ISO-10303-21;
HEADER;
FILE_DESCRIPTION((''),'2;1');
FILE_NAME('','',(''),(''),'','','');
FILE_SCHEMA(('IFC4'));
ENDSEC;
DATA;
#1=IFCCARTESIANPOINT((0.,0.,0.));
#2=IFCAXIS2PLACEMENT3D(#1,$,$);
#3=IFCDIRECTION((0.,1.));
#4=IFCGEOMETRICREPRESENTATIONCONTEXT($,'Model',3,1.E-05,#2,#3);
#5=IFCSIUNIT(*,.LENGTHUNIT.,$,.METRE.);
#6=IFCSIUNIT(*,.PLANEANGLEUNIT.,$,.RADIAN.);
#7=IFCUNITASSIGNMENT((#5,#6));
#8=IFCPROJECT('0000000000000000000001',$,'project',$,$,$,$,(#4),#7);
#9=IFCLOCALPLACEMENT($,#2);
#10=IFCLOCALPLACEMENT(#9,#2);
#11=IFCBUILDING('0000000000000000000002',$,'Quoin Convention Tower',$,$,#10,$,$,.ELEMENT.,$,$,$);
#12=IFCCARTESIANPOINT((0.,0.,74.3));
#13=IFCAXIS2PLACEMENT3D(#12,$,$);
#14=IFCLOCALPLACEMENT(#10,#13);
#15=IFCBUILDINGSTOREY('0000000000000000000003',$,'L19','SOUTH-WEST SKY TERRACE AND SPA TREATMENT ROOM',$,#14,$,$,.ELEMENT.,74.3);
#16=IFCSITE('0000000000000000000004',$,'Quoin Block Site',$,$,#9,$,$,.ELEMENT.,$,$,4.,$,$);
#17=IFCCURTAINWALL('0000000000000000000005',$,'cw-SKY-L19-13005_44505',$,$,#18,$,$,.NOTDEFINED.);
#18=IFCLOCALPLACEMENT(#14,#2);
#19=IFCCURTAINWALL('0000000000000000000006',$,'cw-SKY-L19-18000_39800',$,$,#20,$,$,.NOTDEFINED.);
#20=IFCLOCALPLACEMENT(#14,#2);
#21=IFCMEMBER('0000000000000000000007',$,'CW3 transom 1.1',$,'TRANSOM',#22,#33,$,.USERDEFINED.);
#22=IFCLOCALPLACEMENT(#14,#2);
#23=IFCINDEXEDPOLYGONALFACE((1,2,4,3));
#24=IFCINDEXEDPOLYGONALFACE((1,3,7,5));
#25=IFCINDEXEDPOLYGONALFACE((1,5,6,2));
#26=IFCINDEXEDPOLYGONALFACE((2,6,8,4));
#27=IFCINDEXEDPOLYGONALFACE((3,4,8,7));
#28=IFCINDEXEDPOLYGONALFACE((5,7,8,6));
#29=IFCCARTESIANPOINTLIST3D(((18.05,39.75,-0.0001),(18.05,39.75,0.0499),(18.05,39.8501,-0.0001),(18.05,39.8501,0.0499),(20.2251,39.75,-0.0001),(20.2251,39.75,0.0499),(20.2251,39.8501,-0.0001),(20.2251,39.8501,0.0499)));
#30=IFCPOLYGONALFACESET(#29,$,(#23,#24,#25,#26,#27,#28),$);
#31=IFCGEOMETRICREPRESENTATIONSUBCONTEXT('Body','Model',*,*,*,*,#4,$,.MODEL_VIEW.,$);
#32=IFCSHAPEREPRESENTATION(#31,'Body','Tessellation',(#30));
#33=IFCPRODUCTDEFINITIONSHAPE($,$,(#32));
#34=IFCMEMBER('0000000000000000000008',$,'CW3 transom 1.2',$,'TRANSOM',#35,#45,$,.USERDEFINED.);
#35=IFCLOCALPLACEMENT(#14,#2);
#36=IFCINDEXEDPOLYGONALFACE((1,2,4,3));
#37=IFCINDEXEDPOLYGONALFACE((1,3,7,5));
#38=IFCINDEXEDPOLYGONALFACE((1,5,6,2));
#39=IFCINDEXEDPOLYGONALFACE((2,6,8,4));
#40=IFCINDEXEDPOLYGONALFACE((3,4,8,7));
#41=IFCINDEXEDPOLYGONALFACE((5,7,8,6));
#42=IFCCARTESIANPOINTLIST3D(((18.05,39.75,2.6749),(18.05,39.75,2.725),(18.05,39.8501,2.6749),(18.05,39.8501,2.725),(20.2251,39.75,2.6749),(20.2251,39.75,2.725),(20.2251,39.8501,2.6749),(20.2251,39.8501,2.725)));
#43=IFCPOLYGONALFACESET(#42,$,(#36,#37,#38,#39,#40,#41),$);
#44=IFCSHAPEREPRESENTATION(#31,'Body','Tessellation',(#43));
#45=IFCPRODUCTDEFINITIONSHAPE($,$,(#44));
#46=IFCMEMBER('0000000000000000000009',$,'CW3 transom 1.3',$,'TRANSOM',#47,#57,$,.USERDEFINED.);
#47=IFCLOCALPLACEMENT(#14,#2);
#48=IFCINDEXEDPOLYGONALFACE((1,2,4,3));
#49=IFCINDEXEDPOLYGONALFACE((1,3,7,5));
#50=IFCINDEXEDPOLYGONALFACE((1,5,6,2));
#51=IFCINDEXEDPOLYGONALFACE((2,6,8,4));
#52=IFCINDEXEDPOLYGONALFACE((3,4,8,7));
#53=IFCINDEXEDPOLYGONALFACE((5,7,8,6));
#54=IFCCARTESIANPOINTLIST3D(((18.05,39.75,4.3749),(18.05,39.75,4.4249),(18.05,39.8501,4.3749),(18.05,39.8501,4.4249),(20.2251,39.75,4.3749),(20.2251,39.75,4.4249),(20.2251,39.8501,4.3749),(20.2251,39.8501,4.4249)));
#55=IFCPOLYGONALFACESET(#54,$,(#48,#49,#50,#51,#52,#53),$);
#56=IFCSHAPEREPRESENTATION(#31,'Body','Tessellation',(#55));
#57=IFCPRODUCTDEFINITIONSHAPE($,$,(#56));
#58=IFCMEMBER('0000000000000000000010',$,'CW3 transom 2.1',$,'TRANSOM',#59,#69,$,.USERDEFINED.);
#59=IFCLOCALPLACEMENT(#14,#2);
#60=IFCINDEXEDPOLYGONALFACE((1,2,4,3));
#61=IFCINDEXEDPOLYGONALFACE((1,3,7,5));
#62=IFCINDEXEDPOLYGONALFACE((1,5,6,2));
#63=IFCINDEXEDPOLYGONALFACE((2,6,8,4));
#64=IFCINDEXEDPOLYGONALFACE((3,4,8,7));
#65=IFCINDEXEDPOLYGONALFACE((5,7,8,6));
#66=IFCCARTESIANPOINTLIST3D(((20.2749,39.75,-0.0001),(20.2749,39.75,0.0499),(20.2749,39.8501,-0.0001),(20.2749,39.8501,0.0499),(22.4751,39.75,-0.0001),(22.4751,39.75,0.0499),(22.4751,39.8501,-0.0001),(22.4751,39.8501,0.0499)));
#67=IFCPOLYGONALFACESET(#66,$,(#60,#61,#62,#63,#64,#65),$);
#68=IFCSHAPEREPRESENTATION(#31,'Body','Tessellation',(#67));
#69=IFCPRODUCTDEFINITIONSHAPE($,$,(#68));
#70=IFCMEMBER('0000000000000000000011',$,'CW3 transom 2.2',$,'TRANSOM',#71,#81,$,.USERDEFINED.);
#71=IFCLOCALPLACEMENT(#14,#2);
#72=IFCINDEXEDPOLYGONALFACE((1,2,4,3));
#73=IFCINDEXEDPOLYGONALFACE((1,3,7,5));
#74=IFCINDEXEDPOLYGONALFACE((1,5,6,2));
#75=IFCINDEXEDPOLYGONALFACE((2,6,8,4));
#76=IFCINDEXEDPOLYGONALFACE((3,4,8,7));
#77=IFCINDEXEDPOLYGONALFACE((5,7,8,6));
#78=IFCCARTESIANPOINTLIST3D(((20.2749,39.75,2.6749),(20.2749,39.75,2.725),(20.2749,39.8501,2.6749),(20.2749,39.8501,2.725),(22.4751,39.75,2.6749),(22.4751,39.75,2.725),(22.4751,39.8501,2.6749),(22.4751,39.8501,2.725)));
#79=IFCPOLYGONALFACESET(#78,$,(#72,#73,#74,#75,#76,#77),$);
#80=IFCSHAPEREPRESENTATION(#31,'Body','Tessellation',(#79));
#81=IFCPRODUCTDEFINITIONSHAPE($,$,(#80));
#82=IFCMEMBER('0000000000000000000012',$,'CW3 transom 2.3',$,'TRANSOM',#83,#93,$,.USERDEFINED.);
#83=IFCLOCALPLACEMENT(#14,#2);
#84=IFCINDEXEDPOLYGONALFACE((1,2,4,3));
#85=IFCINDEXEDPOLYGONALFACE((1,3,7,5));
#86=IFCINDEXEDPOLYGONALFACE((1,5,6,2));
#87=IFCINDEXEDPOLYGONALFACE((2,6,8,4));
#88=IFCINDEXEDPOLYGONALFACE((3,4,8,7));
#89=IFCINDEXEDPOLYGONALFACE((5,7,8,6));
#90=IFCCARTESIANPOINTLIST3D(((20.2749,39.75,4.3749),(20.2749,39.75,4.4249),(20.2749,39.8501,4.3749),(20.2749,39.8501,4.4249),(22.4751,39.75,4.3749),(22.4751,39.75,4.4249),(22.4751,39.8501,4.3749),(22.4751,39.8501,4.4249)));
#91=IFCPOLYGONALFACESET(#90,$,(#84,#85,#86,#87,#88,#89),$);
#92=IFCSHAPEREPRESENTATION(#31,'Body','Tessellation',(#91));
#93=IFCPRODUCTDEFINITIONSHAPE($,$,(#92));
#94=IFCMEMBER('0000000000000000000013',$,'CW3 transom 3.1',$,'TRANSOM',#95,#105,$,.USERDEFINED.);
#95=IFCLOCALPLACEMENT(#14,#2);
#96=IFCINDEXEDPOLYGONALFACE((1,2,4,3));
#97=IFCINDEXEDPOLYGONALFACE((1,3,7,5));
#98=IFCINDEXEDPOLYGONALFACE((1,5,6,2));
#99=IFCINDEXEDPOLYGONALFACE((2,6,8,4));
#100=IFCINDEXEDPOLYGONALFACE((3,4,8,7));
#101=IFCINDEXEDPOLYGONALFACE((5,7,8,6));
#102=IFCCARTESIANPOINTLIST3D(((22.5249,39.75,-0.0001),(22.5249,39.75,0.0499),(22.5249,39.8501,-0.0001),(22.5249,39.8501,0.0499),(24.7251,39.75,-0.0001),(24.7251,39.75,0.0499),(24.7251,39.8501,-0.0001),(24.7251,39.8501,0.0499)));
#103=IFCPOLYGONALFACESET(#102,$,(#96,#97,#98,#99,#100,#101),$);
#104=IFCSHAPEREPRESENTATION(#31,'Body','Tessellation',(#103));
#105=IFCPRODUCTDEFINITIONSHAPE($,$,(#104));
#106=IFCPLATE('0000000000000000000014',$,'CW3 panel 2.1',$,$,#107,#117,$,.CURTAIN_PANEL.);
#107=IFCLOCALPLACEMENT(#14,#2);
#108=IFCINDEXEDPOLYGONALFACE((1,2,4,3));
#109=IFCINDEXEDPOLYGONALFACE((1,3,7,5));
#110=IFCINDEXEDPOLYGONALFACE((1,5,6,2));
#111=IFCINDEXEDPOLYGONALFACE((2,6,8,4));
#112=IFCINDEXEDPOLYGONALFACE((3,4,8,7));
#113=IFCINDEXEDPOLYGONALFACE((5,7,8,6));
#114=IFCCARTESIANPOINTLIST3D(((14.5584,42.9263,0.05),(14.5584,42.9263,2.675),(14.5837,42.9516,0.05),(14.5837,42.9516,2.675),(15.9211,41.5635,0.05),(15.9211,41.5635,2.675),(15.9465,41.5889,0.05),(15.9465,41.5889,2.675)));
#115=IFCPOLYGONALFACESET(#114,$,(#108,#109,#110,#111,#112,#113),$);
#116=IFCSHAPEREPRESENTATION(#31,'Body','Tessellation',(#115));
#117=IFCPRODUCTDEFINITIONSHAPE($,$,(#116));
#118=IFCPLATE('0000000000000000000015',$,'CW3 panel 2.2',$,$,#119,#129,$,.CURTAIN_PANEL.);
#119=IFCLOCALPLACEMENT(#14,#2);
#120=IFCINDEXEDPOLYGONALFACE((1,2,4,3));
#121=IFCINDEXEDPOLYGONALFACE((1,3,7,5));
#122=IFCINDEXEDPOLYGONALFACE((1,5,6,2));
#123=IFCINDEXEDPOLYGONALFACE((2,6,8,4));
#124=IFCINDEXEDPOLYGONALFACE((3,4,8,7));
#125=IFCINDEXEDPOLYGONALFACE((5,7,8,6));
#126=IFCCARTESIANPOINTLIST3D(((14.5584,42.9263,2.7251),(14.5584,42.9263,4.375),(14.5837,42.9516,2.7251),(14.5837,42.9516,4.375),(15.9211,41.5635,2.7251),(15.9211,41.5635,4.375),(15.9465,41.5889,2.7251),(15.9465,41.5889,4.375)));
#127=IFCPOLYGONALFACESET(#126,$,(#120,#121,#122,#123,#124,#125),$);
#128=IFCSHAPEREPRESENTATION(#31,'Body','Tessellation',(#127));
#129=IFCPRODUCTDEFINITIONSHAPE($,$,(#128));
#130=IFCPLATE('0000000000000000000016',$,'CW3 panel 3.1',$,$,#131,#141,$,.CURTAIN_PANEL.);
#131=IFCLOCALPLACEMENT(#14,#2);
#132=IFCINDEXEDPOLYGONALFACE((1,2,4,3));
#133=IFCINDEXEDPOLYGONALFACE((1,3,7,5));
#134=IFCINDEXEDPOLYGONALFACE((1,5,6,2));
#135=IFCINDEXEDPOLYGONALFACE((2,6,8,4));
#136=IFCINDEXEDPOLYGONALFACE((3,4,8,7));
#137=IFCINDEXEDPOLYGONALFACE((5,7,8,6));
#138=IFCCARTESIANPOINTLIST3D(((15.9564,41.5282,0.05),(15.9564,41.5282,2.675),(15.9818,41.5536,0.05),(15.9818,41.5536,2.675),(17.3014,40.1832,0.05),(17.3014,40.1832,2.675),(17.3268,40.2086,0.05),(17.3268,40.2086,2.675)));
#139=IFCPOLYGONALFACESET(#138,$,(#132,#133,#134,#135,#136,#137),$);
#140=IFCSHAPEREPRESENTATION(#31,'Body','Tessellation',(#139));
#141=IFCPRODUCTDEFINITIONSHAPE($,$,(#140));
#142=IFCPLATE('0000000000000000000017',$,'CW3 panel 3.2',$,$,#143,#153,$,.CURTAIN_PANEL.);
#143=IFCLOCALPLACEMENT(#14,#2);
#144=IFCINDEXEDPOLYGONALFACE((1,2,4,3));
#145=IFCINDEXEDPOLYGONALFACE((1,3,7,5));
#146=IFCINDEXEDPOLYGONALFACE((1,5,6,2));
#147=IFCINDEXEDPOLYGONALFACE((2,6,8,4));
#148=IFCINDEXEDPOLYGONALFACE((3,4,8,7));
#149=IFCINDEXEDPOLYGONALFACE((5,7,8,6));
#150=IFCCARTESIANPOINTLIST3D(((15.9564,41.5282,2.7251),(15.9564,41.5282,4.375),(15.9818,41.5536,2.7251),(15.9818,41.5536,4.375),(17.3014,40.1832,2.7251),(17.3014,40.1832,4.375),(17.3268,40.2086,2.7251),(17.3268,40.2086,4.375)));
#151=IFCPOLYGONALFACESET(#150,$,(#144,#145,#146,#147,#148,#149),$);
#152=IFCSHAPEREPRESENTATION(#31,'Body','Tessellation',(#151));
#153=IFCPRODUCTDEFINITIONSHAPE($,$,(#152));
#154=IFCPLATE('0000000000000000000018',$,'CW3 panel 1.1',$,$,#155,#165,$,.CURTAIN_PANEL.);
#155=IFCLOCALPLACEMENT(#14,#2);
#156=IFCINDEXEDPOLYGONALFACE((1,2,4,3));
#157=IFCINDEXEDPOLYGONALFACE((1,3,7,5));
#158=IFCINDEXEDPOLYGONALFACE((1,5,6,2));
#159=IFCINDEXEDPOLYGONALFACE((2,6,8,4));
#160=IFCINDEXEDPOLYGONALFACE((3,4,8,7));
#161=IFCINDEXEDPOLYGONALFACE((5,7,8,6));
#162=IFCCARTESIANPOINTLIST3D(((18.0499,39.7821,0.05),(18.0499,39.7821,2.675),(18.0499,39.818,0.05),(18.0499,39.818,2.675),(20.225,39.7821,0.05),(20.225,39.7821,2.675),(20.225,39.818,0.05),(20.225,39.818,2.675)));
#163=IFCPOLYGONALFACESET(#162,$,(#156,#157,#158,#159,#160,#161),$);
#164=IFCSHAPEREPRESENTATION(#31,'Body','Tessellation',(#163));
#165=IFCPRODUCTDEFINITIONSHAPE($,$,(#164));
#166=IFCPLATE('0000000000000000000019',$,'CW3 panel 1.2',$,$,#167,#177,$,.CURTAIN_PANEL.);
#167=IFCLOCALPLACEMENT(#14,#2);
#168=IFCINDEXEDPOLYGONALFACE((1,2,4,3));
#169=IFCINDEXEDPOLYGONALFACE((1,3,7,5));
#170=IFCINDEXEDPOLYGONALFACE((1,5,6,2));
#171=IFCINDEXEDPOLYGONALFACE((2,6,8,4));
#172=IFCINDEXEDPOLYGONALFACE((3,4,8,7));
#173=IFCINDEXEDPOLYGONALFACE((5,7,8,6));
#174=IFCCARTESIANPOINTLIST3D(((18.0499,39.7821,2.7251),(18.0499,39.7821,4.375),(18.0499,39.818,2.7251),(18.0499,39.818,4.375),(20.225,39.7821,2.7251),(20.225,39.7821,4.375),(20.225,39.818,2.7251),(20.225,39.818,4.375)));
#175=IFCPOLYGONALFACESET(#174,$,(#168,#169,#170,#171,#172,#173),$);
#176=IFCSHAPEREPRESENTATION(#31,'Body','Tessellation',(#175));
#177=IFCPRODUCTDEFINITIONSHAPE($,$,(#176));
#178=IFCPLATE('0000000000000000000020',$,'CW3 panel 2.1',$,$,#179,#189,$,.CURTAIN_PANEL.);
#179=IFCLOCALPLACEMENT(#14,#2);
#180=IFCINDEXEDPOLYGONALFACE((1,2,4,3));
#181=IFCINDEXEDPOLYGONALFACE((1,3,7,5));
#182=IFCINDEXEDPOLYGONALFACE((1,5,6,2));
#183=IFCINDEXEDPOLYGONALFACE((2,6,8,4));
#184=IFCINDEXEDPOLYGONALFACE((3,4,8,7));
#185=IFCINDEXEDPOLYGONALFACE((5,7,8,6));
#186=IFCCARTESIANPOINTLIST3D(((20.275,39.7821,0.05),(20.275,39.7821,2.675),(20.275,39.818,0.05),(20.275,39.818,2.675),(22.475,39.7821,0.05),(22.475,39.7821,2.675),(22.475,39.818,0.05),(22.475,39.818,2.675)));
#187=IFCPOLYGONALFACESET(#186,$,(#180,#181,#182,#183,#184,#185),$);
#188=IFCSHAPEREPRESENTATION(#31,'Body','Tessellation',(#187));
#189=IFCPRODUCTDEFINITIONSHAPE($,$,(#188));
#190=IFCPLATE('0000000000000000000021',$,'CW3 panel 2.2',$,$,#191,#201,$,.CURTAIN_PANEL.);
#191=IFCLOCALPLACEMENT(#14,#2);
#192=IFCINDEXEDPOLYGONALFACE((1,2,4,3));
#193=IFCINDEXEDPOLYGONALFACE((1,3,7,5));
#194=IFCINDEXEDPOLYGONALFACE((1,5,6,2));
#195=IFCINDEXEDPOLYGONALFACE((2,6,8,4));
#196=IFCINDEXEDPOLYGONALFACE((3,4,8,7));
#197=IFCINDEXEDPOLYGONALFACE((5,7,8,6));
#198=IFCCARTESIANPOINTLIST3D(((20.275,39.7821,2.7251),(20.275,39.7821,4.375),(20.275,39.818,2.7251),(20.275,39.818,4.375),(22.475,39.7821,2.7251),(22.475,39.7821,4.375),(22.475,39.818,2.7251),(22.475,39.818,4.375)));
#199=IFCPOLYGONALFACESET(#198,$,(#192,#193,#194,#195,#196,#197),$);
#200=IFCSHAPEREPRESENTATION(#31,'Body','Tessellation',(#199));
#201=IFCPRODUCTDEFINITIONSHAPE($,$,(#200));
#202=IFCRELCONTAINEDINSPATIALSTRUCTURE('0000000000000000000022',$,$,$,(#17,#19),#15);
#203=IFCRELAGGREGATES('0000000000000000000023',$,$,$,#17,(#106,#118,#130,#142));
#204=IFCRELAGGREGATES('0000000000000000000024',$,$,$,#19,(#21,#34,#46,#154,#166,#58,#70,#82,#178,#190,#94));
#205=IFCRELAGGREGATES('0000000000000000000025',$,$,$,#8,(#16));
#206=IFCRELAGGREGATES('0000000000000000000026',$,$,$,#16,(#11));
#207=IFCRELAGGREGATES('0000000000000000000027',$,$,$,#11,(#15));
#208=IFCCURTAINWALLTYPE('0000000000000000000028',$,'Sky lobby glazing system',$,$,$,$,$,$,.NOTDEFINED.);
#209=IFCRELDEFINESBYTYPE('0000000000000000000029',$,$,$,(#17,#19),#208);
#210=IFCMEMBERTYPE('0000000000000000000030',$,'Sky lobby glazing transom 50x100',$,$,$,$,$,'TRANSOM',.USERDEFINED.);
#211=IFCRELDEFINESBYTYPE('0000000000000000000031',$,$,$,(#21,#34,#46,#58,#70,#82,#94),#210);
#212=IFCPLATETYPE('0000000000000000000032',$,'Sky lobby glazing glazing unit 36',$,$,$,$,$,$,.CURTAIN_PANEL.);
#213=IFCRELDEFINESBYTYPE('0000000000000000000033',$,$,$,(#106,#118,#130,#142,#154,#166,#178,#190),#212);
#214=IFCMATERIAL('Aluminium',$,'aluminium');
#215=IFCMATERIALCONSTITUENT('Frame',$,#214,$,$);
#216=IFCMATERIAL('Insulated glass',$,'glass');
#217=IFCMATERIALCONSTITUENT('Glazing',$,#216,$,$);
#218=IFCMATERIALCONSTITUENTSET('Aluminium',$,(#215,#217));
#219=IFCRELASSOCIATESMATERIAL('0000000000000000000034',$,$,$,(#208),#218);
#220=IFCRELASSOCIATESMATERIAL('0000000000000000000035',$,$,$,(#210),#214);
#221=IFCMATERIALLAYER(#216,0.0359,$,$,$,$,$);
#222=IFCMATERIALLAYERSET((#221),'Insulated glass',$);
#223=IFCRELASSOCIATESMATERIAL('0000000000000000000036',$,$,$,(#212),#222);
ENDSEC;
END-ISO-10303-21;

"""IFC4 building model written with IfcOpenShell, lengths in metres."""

from ifc_helpers import new_model, si_unit, direction, frame, origin, origin_2d, place, context, subcontext, project, spatial, rectangle, extrude, material, layer, layer_set, constituent, constituent_set, material_profile, profile_set, type_object, element, aggregate, save


model = new_model("IFC4")

# Units and contexts
model_context = context("Model", 3, precision=1e-05, world=origin(), true_north=direction((0.0, 1.0)))
body_context = subcontext(model_context, "Body", "Model", "MODEL_VIEW")
ifc_project = project(units=[si_unit("LENGTHUNIT", "METRE"), si_unit("PLANEANGLEUNIT", "RADIAN")], contexts=[model_context])

# Site, building, storey
site_placement = place(None, origin())
site = spatial("IfcSite", under=ifc_project, at=site_placement, Name="Quoin Block Site", CompositionType="ELEMENT", RefElevation=4.0)
building_placement = place(site_placement, origin())
building = spatial("IfcBuilding", under=site, at=building_placement, Name="Quoin Convention Tower", CompositionType="ELEMENT")
storey_placement = place(building_placement, frame((0.0, 0.0, 74.3)))
storey = spatial("IfcBuildingStorey", under=building, at=storey_placement, Name="L19", Description="SOUTH-WEST SKY TERRACE AND SPA TREATMENT ROOM", CompositionType="ELEMENT", Elevation=74.3)

# Curtain walls
ifc_material_1 = material(Name="Aluminium", Category="aluminium")
ifc_constituent_1 = constituent(ifc_material_1, Name="Frame")
ifc_material_2 = material(Name="Insulated glass", Category="glass")
ifc_constituent_2 = constituent(ifc_material_2, Name="Glazing")
ifc_constituent_set = constituent_set(constituents=[ifc_constituent_1, ifc_constituent_2], Name="Aluminium")
curtain_wall_type = type_object("IfcCurtainWallType", Name="Sky lobby glazing system", PredefinedType="NOTDEFINED", material=ifc_constituent_set)
curtain_wall_1_placement = place(storey_placement, origin())
curtain_wall_1 = element("IfcCurtainWall", 1, at=curtain_wall_1_placement, inside=storey, type_object=curtain_wall_type, Name="cw-SKY-L19-13005_44505", PredefinedType="NOTDEFINED")
curtain_wall_2_placement = place(storey_placement, origin())
curtain_wall_2 = element("IfcCurtainWall", 2, at=curtain_wall_2_placement, inside=storey, type_object=curtain_wall_type, Name="cw-SKY-L19-18000_39800", PredefinedType="NOTDEFINED")

# Members
ifc_material_profile_1 = material_profile(ifc_material_1, rectangle(XDim=0.1001, YDim=0.05, at=origin_2d()), Name="Sky lobby glazing transom 50x100")
ifc_profile_set_1 = profile_set([ifc_material_profile_1], Name="Aluminium")
member_type_1 = type_object("IfcMemberType", Name="Sky lobby glazing transom 50x100", ElementType="TRANSOM", PredefinedType="USERDEFINED", material=ifc_profile_set_1)
member_1_placement = place(storey_placement, frame((18.05, 39.8, 0.0249), z_axis=(1.0, 0.0, 0.0), x_axis=(0.0, 1.0, 0.0)))
member_1 = element("IfcMember", 3, at=member_1_placement, type_object=member_type_1, Name="CW3 transom 1.1", ObjectType="TRANSOM", PredefinedType="USERDEFINED", context=body_context, shape_type="SweptSolid", body=[
    extrude(rectangle(XDim=0.1001, YDim=0.05, at=origin_2d()), origin(), (0.0, 0.0, 1.0), 2.175),
])
member_2_placement = place(storey_placement, frame((18.05, 39.8, 2.7), z_axis=(1.0, 0.0, 0.0), x_axis=(0.0, 1.0, 0.0)))
member_2 = element("IfcMember", 4, at=member_2_placement, type_object=member_type_1, Name="CW3 transom 1.2", ObjectType="TRANSOM", PredefinedType="USERDEFINED", context=body_context, shape_type="SweptSolid", body=[
    extrude(rectangle(XDim=0.1001, YDim=0.05, at=origin_2d()), origin(), (0.0, 0.0, 1.0), 2.175),
])
member_3_placement = place(storey_placement, frame((18.05, 39.8, 4.3999), z_axis=(1.0, 0.0, 0.0), x_axis=(0.0, 1.0, 0.0)))
member_3 = element("IfcMember", 5, at=member_3_placement, type_object=member_type_1, Name="CW3 transom 1.3", ObjectType="TRANSOM", PredefinedType="USERDEFINED", context=body_context, shape_type="SweptSolid", body=[
    extrude(rectangle(XDim=0.1001, YDim=0.05, at=origin_2d()), origin(), (0.0, 0.0, 1.0), 2.175),
])
member_4_placement = place(storey_placement, frame((20.2749, 39.8, 0.0249), z_axis=(1.0, 0.0, 0.0), x_axis=(0.0, 1.0, 0.0)))
member_4 = element("IfcMember", 6, at=member_4_placement, type_object=member_type_1, Name="CW3 transom 2.1", ObjectType="TRANSOM", PredefinedType="USERDEFINED", context=body_context, shape_type="SweptSolid", body=[
    extrude(rectangle(XDim=0.1001, YDim=0.05, at=origin_2d()), origin(), (0.0, 0.0, 1.0), 2.2002),
])
member_5_placement = place(storey_placement, frame((20.2749, 39.8, 2.7), z_axis=(1.0, 0.0, 0.0), x_axis=(0.0, 1.0, 0.0)))
member_5 = element("IfcMember", 7, at=member_5_placement, type_object=member_type_1, Name="CW3 transom 2.2", ObjectType="TRANSOM", PredefinedType="USERDEFINED", context=body_context, shape_type="SweptSolid", body=[
    extrude(rectangle(XDim=0.1001, YDim=0.05, at=origin_2d()), origin(), (0.0, 0.0, 1.0), 2.2002),
])
member_6_placement = place(storey_placement, frame((20.2749, 39.8, 4.3999), z_axis=(1.0, 0.0, 0.0), x_axis=(0.0, 1.0, 0.0)))
member_6 = element("IfcMember", 8, at=member_6_placement, type_object=member_type_1, Name="CW3 transom 2.3", ObjectType="TRANSOM", PredefinedType="USERDEFINED", context=body_context, shape_type="SweptSolid", body=[
    extrude(rectangle(XDim=0.1001, YDim=0.05, at=origin_2d()), origin(), (0.0, 0.0, 1.0), 2.2002),
])
member_7_placement = place(storey_placement, frame((22.5249, 39.8, 0.0249), z_axis=(1.0, 0.0, 0.0), x_axis=(0.0, 1.0, 0.0)))
member_7 = element("IfcMember", 9, at=member_7_placement, type_object=member_type_1, Name="CW3 transom 3.1", ObjectType="TRANSOM", PredefinedType="USERDEFINED", context=body_context, shape_type="SweptSolid", body=[
    extrude(rectangle(XDim=0.1001, YDim=0.05, at=origin_2d()), origin(), (0.0, 0.0, 1.0), 2.2002),
])

# Plates
ifc_layer = layer(ifc_material_2, 0.0359)
ifc_layer_set = layer_set([ifc_layer], Name="Insulated glass")
plate_type = type_object("IfcPlateType", Name="Sky lobby glazing glazing unit 36", PredefinedType="CURTAIN_PANEL", material=ifc_layer_set)
plate_1_placement = place(storey_placement, frame((15.2524, 42.2576, 0.05), z_axis=(0.0, 0.0, 1.0), x_axis=(0.707115, -0.707098, 0.0)))
plate_1 = element("IfcPlate", 10, at=plate_1_placement, type_object=plate_type, Name="CW3 panel 2.1", PredefinedType="CURTAIN_PANEL", context=body_context, shape_type="SweptSolid", body=[
    extrude(rectangle(XDim=1.9272, YDim=0.0359, at=origin_2d()), origin(), (0.0, 0.0, 1.0), 2.625),
])
plate_2_placement = place(storey_placement, frame((15.2524, 42.2576, 2.7251), z_axis=(0.0, 0.0, 1.0), x_axis=(0.707115, -0.707098, 0.0)))
plate_2 = element("IfcPlate", 11, at=plate_2_placement, type_object=plate_type, Name="CW3 panel 2.2", PredefinedType="CURTAIN_PANEL", context=body_context, shape_type="SweptSolid", body=[
    extrude(rectangle(XDim=1.9272, YDim=0.0359, at=origin_2d()), origin(), (0.0, 0.0, 1.0), 1.6499),
])
plate_3_placement = place(storey_placement, frame((16.6416, 40.8684, 0.05), z_axis=(0.0, 0.0, 1.0), x_axis=(0.707115, -0.707098, 0.0)))
plate_3 = element("IfcPlate", 12, at=plate_3_placement, type_object=plate_type, Name="CW3 panel 3.1", PredefinedType="CURTAIN_PANEL", context=body_context, shape_type="SweptSolid", body=[
    extrude(rectangle(XDim=1.9021, YDim=0.0359, at=origin_2d()), origin(), (0.0, 0.0, 1.0), 2.625),
])
plate_4_placement = place(storey_placement, frame((16.6416, 40.8684, 2.7251), z_axis=(0.0, 0.0, 1.0), x_axis=(0.707115, -0.707098, 0.0)))
plate_4 = element("IfcPlate", 13, at=plate_4_placement, type_object=plate_type, Name="CW3 panel 3.2", PredefinedType="CURTAIN_PANEL", context=body_context, shape_type="SweptSolid", body=[
    extrude(rectangle(XDim=1.9021, YDim=0.0359, at=origin_2d()), origin(), (0.0, 0.0, 1.0), 1.6499),
])
aggregate(curtain_wall_1, [plate_1, plate_2, plate_3, plate_4])
plate_5_placement = place(storey_placement, frame((19.1375, 39.8, 0.05), z_axis=(0.0, 0.0, 1.0), x_axis=(1.0, 0.0, 0.0)))
plate_5 = element("IfcPlate", 14, at=plate_5_placement, type_object=plate_type, Name="CW3 panel 1.1", PredefinedType="CURTAIN_PANEL", context=body_context, shape_type="SweptSolid", body=[
    extrude(rectangle(XDim=2.175, YDim=0.0359, at=origin_2d()), origin(), (0.0, 0.0, 1.0), 2.625),
])
plate_6_placement = place(storey_placement, frame((19.1375, 39.8, 2.7251), z_axis=(0.0, 0.0, 1.0), x_axis=(1.0, 0.0, 0.0)))
plate_6 = element("IfcPlate", 15, at=plate_6_placement, type_object=plate_type, Name="CW3 panel 1.2", PredefinedType="CURTAIN_PANEL", context=body_context, shape_type="SweptSolid", body=[
    extrude(rectangle(XDim=2.175, YDim=0.0359, at=origin_2d()), origin(), (0.0, 0.0, 1.0), 1.6499),
])
plate_7_placement = place(storey_placement, frame((21.375, 39.8, 0.05), z_axis=(0.0, 0.0, 1.0), x_axis=(1.0, 0.0, 0.0)))
plate_7 = element("IfcPlate", 16, at=plate_7_placement, type_object=plate_type, Name="CW3 panel 2.1", PredefinedType="CURTAIN_PANEL", context=body_context, shape_type="SweptSolid", body=[
    extrude(rectangle(XDim=2.2, YDim=0.0359, at=origin_2d()), origin(), (0.0, 0.0, 1.0), 2.625),
])
plate_8_placement = place(storey_placement, frame((21.375, 39.8, 2.7251), z_axis=(0.0, 0.0, 1.0), x_axis=(1.0, 0.0, 0.0)))
plate_8 = element("IfcPlate", 17, at=plate_8_placement, type_object=plate_type, Name="CW3 panel 2.2", PredefinedType="CURTAIN_PANEL", context=body_context, shape_type="SweptSolid", body=[
    extrude(rectangle(XDim=2.2, YDim=0.0359, at=origin_2d()), origin(), (0.0, 0.0, 1.0), 1.6499),
])
aggregate(curtain_wall_2, [member_1, member_2, member_3, plate_5, plate_6, member_4, member_5, member_6, plate_7, plate_8, member_7])

save(model, "model.ifc")
